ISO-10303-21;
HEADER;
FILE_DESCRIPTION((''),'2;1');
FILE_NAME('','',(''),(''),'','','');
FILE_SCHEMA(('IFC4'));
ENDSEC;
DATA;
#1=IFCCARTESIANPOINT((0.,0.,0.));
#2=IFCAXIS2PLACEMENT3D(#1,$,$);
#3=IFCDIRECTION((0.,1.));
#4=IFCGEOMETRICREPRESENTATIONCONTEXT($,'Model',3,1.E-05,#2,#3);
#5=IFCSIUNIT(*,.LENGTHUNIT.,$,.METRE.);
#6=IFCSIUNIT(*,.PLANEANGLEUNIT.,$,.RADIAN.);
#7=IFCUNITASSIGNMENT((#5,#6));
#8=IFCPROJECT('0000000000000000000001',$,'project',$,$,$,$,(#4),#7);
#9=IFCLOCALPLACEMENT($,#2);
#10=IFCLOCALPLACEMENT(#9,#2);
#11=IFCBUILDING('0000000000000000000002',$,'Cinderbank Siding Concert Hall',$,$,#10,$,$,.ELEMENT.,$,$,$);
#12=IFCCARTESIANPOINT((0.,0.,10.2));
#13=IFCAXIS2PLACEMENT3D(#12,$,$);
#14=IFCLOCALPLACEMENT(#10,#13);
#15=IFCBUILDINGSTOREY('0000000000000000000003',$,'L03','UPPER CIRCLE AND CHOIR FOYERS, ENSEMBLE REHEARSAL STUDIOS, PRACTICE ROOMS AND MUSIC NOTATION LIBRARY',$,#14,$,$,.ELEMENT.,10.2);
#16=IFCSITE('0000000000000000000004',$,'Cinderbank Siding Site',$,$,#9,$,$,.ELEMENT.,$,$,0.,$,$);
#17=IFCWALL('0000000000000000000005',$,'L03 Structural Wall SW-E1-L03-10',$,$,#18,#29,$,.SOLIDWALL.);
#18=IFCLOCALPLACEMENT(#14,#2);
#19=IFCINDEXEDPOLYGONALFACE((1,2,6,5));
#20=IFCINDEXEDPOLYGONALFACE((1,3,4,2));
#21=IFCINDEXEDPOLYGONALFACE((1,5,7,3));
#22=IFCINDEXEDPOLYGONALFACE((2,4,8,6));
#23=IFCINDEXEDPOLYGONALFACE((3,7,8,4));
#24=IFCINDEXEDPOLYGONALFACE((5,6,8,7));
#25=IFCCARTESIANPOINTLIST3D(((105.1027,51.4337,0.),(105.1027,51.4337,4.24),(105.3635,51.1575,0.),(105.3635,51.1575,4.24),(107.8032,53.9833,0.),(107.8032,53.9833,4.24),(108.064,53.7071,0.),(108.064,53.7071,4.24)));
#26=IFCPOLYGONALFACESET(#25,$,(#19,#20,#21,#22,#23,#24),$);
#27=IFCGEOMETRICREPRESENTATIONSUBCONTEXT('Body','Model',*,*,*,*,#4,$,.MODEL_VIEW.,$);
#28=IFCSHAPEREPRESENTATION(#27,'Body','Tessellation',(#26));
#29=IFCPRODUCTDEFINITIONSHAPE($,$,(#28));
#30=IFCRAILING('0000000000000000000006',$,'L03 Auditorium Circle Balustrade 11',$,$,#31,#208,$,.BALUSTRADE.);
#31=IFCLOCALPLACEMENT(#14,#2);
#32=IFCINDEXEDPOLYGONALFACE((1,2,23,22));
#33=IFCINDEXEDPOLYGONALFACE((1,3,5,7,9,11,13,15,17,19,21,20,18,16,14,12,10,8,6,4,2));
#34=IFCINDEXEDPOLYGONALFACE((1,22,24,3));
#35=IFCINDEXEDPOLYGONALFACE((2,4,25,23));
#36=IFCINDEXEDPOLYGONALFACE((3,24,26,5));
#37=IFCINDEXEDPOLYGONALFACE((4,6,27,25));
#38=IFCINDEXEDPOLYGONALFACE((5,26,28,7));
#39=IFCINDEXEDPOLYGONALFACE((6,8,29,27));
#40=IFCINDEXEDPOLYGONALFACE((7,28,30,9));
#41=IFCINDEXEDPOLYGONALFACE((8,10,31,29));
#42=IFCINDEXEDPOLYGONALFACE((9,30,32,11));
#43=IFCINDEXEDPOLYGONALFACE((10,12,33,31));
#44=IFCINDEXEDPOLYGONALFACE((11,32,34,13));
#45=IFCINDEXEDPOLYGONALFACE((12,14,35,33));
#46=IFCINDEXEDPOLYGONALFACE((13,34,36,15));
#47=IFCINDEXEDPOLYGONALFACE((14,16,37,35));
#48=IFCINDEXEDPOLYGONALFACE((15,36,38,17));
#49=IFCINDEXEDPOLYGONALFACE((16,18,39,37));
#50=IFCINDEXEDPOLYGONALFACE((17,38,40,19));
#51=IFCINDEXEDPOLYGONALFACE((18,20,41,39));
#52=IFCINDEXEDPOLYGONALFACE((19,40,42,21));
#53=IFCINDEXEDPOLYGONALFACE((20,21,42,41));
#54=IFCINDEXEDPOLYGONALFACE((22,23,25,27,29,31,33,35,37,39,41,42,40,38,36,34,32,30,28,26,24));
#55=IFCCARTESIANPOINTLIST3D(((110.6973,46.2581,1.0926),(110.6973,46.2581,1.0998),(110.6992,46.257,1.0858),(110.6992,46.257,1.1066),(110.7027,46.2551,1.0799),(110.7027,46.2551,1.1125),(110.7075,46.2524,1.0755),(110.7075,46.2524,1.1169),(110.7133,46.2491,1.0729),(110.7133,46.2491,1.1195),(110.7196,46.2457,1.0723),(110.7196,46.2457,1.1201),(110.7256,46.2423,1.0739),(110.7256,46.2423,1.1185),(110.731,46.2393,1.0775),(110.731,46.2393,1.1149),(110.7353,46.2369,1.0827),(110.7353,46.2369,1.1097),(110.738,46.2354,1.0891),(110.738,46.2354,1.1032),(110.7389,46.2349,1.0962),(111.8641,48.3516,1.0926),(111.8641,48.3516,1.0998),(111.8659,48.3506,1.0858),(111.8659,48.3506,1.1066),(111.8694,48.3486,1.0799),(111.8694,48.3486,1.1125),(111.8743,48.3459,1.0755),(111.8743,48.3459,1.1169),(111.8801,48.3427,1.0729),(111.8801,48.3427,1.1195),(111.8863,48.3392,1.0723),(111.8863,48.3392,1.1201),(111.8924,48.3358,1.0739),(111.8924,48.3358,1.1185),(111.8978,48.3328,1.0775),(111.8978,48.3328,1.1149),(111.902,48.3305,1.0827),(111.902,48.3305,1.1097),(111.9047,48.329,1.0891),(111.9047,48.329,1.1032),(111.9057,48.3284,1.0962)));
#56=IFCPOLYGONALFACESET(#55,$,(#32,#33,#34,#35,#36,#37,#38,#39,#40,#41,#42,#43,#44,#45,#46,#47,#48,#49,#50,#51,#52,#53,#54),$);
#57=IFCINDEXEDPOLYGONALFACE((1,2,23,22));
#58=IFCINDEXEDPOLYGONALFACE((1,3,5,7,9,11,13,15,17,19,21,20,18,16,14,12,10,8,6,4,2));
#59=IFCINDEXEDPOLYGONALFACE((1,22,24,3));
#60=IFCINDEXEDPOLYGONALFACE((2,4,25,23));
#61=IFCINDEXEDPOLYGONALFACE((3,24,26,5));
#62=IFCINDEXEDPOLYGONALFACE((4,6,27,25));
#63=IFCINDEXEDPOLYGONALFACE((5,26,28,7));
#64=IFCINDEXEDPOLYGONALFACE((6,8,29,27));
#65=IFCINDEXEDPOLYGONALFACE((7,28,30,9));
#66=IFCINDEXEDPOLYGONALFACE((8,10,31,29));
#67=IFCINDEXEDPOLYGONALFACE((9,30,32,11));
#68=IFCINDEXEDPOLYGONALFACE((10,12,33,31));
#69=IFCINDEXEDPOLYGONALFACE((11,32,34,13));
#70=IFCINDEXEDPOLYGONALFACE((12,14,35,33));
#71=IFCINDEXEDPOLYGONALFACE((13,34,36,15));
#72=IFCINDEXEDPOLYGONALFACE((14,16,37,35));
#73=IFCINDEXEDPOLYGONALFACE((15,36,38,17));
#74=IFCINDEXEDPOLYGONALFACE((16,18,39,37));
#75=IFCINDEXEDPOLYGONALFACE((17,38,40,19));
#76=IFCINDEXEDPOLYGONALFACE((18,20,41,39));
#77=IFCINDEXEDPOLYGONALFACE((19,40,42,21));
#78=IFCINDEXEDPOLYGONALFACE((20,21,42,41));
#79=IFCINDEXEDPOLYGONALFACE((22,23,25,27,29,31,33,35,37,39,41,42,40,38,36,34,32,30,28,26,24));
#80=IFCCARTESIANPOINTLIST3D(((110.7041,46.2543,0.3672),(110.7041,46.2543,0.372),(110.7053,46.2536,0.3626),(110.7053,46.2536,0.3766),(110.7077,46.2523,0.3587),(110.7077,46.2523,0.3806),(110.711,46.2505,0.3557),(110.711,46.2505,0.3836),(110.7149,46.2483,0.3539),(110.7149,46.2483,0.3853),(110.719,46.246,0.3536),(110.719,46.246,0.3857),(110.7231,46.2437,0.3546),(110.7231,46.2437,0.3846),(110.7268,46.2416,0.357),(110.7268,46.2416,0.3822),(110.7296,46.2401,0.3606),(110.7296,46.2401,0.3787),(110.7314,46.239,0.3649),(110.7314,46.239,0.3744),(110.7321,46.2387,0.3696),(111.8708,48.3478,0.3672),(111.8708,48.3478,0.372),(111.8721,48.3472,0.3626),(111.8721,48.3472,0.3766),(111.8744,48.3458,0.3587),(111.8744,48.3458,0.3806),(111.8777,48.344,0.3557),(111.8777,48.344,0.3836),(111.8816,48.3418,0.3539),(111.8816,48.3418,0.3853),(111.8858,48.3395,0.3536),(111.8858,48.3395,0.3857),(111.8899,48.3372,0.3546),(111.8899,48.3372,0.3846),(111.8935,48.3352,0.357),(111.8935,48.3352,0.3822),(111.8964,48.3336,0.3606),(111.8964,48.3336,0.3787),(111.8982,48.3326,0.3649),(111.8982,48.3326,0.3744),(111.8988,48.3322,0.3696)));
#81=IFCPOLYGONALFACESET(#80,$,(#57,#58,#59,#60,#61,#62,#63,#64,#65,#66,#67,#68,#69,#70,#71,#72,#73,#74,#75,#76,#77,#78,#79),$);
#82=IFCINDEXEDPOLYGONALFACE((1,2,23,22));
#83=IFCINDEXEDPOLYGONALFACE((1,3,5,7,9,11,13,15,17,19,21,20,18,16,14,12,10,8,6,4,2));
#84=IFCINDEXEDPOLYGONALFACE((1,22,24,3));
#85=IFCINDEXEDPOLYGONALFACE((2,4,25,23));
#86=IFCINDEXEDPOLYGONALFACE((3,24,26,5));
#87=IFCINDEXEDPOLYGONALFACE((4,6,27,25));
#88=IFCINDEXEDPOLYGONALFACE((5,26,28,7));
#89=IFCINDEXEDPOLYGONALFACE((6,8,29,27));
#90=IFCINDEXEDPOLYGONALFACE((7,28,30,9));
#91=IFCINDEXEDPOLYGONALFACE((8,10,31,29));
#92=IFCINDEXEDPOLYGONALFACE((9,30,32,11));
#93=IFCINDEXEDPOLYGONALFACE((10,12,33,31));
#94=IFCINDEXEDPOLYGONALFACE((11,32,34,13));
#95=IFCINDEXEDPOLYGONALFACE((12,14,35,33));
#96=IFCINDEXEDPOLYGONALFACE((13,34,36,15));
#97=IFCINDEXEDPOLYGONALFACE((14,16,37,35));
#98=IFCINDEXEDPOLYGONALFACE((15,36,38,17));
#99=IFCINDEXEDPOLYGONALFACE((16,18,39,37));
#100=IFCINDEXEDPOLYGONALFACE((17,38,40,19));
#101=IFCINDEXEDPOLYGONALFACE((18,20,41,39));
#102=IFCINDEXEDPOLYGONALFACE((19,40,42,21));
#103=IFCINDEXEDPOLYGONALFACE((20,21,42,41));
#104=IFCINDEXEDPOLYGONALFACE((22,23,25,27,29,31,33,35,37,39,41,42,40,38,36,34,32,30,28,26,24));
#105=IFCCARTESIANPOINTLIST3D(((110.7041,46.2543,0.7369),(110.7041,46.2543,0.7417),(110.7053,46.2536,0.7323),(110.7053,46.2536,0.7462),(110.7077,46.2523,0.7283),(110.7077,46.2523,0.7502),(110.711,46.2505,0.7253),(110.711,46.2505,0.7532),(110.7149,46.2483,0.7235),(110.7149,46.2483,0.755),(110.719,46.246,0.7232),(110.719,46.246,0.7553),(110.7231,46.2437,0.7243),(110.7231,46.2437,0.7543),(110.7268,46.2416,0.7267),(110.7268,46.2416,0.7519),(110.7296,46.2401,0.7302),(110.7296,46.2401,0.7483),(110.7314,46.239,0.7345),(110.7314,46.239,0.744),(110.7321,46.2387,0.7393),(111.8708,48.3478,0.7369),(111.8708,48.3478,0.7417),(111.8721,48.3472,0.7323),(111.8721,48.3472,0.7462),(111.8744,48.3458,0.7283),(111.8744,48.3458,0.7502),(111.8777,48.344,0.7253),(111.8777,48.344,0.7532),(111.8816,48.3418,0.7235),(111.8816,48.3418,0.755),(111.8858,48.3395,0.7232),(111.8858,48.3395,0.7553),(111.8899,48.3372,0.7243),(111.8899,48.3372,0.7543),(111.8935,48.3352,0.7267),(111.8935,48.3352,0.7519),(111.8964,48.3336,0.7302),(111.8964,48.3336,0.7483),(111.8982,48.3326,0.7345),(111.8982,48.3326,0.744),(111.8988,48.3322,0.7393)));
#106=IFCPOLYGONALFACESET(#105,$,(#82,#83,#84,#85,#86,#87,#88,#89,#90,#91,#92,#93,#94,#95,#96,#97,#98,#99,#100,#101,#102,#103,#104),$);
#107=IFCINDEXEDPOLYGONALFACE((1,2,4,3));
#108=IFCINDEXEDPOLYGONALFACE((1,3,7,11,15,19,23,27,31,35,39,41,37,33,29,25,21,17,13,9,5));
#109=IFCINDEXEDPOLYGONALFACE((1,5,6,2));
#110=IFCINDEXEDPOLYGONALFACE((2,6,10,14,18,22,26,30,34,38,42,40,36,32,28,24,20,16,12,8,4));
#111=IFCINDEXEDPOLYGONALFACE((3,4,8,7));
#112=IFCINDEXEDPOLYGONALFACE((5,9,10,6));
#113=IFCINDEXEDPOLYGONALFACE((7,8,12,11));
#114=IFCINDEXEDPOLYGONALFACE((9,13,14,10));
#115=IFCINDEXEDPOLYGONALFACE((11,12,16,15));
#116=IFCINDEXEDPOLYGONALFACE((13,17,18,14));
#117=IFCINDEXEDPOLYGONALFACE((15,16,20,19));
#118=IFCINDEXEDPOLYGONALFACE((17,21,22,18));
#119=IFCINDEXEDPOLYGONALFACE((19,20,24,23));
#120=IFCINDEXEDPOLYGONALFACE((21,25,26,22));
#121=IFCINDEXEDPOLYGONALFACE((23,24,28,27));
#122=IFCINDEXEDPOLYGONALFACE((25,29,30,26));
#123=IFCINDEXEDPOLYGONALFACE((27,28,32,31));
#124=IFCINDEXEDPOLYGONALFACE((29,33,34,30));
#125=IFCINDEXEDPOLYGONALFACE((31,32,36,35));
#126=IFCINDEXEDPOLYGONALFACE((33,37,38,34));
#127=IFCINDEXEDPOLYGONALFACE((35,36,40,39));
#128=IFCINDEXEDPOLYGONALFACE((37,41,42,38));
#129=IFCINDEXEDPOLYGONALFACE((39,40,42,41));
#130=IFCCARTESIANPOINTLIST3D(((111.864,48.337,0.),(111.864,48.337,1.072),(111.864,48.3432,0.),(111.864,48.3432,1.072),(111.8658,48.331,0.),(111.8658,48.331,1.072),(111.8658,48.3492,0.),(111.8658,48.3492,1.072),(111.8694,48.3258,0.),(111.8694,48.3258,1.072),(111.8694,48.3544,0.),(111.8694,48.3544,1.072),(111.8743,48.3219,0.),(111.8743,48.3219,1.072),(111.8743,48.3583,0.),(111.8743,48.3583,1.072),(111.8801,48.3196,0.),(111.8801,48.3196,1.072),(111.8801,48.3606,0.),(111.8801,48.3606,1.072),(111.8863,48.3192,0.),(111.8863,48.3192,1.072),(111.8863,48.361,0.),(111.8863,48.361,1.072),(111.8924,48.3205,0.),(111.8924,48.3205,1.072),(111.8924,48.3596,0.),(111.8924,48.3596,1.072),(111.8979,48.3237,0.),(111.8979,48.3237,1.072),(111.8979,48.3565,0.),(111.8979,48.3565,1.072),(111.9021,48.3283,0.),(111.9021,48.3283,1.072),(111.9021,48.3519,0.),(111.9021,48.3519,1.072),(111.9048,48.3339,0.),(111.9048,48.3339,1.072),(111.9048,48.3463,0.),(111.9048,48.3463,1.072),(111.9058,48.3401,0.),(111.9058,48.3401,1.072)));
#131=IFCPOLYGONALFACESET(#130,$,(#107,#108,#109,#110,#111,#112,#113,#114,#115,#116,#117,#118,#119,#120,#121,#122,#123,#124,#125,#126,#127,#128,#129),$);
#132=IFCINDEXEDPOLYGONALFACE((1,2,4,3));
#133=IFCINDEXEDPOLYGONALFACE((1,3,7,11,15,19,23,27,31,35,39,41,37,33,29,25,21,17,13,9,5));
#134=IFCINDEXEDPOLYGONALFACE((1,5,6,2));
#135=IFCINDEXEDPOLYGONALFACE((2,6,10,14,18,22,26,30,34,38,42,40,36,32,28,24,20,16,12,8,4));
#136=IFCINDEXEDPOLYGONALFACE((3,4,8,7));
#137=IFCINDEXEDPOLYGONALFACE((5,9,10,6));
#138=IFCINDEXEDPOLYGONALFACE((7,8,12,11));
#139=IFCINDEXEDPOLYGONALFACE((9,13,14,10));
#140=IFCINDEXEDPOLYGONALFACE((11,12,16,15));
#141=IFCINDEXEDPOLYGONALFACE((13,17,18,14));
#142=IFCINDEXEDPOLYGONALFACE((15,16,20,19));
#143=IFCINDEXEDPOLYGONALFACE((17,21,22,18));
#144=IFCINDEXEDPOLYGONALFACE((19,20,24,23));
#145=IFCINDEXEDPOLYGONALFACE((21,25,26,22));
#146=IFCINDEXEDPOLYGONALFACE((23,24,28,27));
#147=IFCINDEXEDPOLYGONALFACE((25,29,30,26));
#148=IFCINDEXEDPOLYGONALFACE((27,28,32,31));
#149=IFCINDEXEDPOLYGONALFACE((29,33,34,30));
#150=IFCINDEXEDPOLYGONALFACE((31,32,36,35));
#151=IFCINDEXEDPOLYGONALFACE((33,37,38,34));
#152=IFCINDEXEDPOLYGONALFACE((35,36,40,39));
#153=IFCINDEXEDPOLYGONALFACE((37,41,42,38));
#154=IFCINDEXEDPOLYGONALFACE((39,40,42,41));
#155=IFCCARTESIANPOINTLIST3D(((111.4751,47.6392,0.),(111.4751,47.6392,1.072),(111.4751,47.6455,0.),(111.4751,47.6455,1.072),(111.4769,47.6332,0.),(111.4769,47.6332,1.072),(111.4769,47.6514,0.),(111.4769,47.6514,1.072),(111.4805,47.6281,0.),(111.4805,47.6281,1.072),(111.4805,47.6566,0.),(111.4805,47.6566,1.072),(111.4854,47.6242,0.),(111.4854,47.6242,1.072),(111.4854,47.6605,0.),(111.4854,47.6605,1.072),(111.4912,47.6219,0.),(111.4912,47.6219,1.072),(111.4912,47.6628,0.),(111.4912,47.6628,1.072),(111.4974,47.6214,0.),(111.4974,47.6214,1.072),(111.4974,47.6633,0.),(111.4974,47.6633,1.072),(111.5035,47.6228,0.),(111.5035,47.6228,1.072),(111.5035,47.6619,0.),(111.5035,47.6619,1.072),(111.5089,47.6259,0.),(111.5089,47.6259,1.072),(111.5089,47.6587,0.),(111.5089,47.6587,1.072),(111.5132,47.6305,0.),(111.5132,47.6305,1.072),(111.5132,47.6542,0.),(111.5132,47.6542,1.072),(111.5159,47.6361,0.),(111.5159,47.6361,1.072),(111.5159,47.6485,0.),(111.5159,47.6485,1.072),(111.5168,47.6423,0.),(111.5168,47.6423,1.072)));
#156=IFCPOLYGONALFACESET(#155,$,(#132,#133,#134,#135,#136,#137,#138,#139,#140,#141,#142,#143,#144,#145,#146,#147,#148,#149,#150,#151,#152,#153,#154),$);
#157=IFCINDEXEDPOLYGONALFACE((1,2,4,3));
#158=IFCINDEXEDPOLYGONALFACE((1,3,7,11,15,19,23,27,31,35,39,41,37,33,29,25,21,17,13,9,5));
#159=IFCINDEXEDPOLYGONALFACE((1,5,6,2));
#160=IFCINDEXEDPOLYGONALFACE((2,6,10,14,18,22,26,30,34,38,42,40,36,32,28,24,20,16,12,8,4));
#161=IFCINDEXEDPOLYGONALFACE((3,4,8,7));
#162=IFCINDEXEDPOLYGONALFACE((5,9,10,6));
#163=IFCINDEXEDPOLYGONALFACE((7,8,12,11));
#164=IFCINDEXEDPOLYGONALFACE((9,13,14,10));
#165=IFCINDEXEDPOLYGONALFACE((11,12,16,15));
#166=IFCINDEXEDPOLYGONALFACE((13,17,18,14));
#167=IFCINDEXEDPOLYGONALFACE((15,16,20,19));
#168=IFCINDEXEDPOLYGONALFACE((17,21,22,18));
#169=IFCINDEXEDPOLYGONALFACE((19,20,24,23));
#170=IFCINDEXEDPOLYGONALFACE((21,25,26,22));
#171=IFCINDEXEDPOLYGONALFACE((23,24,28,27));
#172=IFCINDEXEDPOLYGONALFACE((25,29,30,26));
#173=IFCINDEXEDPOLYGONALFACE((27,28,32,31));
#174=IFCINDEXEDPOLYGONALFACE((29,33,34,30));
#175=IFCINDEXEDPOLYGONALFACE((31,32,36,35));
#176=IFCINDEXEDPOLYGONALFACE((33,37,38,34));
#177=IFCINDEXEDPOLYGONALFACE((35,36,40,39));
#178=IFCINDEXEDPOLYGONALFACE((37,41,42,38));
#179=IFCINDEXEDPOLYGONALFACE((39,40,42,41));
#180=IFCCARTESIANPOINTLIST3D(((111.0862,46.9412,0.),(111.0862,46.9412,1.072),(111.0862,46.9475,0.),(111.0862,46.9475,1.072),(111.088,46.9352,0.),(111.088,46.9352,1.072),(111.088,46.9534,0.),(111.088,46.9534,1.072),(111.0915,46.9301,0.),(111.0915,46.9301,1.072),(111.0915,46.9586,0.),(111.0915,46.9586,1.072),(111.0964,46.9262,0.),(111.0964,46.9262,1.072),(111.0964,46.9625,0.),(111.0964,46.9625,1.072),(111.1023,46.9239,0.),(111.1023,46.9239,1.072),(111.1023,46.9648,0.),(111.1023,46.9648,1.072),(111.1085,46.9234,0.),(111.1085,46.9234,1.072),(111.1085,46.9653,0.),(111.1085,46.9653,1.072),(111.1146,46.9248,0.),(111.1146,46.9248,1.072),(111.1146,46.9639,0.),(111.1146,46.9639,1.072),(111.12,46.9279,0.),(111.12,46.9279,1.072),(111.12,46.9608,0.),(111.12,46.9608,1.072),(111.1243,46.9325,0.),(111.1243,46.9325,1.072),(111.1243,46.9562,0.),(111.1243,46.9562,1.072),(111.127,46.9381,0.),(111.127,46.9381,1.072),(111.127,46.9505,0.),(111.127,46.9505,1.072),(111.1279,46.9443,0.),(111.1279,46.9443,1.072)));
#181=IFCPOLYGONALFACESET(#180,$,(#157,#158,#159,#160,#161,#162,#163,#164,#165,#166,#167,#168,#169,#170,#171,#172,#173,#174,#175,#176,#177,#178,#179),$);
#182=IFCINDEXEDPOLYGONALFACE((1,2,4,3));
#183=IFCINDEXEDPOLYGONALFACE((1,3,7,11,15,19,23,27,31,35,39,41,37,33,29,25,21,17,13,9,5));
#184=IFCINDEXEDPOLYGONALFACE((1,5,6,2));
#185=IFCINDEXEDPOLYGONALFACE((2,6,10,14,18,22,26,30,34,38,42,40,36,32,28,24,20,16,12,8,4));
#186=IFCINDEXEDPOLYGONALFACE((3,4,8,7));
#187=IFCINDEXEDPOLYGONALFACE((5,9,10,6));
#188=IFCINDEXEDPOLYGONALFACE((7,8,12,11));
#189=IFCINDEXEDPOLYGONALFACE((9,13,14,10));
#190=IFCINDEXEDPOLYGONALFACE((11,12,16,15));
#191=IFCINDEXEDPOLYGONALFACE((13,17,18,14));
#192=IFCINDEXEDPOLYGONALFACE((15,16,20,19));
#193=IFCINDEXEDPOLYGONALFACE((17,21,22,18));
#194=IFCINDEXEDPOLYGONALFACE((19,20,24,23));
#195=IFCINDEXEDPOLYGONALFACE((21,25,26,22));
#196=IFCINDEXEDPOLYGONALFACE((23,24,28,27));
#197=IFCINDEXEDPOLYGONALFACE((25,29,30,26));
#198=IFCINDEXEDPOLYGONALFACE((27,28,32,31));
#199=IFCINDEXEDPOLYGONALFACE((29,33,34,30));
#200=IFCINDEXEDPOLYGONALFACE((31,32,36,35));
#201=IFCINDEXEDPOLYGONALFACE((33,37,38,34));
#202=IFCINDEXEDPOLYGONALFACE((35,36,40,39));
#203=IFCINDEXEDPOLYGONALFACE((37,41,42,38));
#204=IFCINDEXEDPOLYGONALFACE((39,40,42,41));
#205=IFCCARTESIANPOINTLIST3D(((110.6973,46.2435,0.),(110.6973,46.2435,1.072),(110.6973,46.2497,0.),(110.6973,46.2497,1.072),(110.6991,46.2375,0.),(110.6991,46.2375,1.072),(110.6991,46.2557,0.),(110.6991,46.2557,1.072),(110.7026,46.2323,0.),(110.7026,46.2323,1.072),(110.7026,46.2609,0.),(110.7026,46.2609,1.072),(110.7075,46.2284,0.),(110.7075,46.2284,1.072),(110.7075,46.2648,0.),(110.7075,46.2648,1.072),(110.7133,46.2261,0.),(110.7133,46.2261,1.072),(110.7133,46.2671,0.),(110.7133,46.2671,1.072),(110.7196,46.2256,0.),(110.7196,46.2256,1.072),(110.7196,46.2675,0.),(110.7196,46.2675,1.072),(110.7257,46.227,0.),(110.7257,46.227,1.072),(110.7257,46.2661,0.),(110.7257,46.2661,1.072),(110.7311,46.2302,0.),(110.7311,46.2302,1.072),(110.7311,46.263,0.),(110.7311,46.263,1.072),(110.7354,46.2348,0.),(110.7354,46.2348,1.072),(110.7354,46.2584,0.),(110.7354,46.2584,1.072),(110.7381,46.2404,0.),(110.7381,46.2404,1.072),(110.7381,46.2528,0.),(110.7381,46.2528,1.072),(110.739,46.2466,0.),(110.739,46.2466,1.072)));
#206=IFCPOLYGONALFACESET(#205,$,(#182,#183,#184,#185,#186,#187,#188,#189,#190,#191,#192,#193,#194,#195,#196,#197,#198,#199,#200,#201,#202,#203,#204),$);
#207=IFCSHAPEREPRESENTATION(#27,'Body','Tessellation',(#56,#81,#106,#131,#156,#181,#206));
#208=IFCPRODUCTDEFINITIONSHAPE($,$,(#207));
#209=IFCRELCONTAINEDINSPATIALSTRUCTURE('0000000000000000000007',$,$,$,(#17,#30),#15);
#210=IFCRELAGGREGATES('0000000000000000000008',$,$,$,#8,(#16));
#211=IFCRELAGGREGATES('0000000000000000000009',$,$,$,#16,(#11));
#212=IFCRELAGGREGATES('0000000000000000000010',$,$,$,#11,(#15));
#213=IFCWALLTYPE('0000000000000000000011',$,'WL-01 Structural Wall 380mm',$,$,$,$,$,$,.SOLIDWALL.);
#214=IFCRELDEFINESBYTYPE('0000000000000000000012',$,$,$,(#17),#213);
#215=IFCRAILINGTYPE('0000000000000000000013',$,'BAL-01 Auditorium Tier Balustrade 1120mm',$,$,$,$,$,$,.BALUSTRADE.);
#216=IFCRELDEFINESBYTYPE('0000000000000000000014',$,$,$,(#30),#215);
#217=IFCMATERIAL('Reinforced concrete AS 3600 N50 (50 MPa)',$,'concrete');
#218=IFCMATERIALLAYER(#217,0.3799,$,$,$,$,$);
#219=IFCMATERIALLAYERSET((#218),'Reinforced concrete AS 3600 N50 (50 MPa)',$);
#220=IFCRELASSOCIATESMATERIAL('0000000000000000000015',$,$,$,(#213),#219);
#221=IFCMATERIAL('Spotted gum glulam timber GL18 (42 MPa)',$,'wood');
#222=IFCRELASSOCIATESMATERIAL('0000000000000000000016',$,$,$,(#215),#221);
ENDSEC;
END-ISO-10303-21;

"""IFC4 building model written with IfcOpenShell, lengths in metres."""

from ifc_helpers import new_model, si_unit, direction, frame, frame_2d, origin, origin_2d, place, context, subcontext, project, spatial, rectangle, circle, extrude, material, layer, layer_set, type_object, element, save


model = new_model("IFC4")

# Units and contexts
model_context = context("Model", 3, precision=1e-05, world=origin(), true_north=direction((0.0, 1.0)))
body_context = subcontext(model_context, "Body", "Model", "MODEL_VIEW")
ifc_project = project(units=[si_unit("LENGTHUNIT", "METRE"), si_unit("PLANEANGLEUNIT", "RADIAN")], contexts=[model_context])

# Site, building, storey
site_placement = place(None, origin())
site = spatial("IfcSite", under=ifc_project, at=site_placement, Name="Cinderbank Siding Site", CompositionType="ELEMENT", RefElevation=0.0)
building_placement = place(site_placement, origin())
building = spatial("IfcBuilding", under=site, at=building_placement, Name="Cinderbank Siding Concert Hall", CompositionType="ELEMENT")
storey_placement = place(building_placement, frame((0.0, 0.0, 10.2)))
storey = spatial("IfcBuildingStorey", under=building, at=storey_placement, Name="L03", Description="UPPER CIRCLE AND CHOIR FOYERS, ENSEMBLE REHEARSAL STUDIOS, PRACTICE ROOMS AND MUSIC NOTATION LIBRARY", CompositionType="ELEMENT", Elevation=10.2)

# Shared definitions
ifc_material_1 = material(Name="Reinforced concrete AS 3600 N50 (50 MPa)", Category="concrete")

# Shared definitions
ifc_material_2 = material(Name="Spotted gum glulam timber GL18 (42 MPa)", Category="wood")

# Wall
ifc_layer_1 = layer(ifc_material_1, 0.3799)
ifc_layer_set_1 = layer_set([ifc_layer_1], Name="Reinforced concrete AS 3600 N50 (50 MPa)")
wall_type = type_object("IfcWallType", Name="WL-01 Structural Wall 380mm", PredefinedType="SOLIDWALL", material=ifc_layer_set_1)
wall_placement = place(storey_placement, frame((107.9336, 53.8452, 0.0), z_axis=(0.0, 0.0, 1.0), x_axis=(-0.727128, -0.686502, 0.0)))
element("IfcWall", 1, at=wall_placement, inside=storey, type_object=wall_type, Name="L03 Structural Wall SW-E1-L03-10", PredefinedType="SOLIDWALL", context=body_context, shape_type="SweptSolid", body=[
    extrude(rectangle(XDim=3.7139, YDim=0.3799, at=frame_2d((1.8569, 0.0))), origin(), (0.0, 0.0, 1.0), 4.24),
])

# Railing
railing_type = type_object("IfcRailingType", Name="BAL-01 Auditorium Tier Balustrade 1120mm", PredefinedType="BALUSTRADE", material=ifc_material_2)
railing_1_placement = place(storey_placement, frame((111.8848, 48.3401, 0.0)))
element("IfcRailing", 2, at=railing_1_placement, inside=storey, type_object=railing_type, Name="L03 Auditorium Circle Balustrade 11", PredefinedType="BALUSTRADE", context=body_context, shape_type="SweptSolid", body=[
    extrude(circle(Radius=0.0239, at=origin_2d()), frame((0.0, 0.0, 1.0962), z_axis=(-0.486819, -0.873503, 0.0), x_axis=(0.873503, -0.486819, 0.0)), (0.0, 0.0, 1.0), 2.3967),
    extrude(circle(Radius=0.0161, at=origin_2d()), frame((0.0, 0.0, 0.3696), z_axis=(-0.486819, -0.873503, 0.0), x_axis=(0.873503, -0.486819, 0.0)), (0.0, 0.0, 1.0), 2.3967),
    extrude(circle(Radius=0.0161, at=origin_2d()), frame((0.0, 0.0, 0.7393), z_axis=(-0.486819, -0.873503, 0.0), x_axis=(0.873503, -0.486819, 0.0)), (0.0, 0.0, 1.0), 2.3967),
    extrude(circle(Radius=0.021, at=origin_2d()), origin(), (0.0, 0.0, 1.0), 1.072),
    extrude(circle(Radius=0.021, at=origin_2d()), frame((-0.3889, -0.6978, 0.0)), (0.0, 0.0, 1.0), 1.072),
    extrude(circle(Radius=0.021, at=origin_2d()), frame((-0.7778, -1.3958, 0.0)), (0.0, 0.0, 1.0), 1.072),
    extrude(circle(Radius=0.021, at=origin_2d()), frame((-1.1667, -2.0935, 0.0)), (0.0, 0.0, 1.0), 1.072),
])

save(model, "model.ifc")
